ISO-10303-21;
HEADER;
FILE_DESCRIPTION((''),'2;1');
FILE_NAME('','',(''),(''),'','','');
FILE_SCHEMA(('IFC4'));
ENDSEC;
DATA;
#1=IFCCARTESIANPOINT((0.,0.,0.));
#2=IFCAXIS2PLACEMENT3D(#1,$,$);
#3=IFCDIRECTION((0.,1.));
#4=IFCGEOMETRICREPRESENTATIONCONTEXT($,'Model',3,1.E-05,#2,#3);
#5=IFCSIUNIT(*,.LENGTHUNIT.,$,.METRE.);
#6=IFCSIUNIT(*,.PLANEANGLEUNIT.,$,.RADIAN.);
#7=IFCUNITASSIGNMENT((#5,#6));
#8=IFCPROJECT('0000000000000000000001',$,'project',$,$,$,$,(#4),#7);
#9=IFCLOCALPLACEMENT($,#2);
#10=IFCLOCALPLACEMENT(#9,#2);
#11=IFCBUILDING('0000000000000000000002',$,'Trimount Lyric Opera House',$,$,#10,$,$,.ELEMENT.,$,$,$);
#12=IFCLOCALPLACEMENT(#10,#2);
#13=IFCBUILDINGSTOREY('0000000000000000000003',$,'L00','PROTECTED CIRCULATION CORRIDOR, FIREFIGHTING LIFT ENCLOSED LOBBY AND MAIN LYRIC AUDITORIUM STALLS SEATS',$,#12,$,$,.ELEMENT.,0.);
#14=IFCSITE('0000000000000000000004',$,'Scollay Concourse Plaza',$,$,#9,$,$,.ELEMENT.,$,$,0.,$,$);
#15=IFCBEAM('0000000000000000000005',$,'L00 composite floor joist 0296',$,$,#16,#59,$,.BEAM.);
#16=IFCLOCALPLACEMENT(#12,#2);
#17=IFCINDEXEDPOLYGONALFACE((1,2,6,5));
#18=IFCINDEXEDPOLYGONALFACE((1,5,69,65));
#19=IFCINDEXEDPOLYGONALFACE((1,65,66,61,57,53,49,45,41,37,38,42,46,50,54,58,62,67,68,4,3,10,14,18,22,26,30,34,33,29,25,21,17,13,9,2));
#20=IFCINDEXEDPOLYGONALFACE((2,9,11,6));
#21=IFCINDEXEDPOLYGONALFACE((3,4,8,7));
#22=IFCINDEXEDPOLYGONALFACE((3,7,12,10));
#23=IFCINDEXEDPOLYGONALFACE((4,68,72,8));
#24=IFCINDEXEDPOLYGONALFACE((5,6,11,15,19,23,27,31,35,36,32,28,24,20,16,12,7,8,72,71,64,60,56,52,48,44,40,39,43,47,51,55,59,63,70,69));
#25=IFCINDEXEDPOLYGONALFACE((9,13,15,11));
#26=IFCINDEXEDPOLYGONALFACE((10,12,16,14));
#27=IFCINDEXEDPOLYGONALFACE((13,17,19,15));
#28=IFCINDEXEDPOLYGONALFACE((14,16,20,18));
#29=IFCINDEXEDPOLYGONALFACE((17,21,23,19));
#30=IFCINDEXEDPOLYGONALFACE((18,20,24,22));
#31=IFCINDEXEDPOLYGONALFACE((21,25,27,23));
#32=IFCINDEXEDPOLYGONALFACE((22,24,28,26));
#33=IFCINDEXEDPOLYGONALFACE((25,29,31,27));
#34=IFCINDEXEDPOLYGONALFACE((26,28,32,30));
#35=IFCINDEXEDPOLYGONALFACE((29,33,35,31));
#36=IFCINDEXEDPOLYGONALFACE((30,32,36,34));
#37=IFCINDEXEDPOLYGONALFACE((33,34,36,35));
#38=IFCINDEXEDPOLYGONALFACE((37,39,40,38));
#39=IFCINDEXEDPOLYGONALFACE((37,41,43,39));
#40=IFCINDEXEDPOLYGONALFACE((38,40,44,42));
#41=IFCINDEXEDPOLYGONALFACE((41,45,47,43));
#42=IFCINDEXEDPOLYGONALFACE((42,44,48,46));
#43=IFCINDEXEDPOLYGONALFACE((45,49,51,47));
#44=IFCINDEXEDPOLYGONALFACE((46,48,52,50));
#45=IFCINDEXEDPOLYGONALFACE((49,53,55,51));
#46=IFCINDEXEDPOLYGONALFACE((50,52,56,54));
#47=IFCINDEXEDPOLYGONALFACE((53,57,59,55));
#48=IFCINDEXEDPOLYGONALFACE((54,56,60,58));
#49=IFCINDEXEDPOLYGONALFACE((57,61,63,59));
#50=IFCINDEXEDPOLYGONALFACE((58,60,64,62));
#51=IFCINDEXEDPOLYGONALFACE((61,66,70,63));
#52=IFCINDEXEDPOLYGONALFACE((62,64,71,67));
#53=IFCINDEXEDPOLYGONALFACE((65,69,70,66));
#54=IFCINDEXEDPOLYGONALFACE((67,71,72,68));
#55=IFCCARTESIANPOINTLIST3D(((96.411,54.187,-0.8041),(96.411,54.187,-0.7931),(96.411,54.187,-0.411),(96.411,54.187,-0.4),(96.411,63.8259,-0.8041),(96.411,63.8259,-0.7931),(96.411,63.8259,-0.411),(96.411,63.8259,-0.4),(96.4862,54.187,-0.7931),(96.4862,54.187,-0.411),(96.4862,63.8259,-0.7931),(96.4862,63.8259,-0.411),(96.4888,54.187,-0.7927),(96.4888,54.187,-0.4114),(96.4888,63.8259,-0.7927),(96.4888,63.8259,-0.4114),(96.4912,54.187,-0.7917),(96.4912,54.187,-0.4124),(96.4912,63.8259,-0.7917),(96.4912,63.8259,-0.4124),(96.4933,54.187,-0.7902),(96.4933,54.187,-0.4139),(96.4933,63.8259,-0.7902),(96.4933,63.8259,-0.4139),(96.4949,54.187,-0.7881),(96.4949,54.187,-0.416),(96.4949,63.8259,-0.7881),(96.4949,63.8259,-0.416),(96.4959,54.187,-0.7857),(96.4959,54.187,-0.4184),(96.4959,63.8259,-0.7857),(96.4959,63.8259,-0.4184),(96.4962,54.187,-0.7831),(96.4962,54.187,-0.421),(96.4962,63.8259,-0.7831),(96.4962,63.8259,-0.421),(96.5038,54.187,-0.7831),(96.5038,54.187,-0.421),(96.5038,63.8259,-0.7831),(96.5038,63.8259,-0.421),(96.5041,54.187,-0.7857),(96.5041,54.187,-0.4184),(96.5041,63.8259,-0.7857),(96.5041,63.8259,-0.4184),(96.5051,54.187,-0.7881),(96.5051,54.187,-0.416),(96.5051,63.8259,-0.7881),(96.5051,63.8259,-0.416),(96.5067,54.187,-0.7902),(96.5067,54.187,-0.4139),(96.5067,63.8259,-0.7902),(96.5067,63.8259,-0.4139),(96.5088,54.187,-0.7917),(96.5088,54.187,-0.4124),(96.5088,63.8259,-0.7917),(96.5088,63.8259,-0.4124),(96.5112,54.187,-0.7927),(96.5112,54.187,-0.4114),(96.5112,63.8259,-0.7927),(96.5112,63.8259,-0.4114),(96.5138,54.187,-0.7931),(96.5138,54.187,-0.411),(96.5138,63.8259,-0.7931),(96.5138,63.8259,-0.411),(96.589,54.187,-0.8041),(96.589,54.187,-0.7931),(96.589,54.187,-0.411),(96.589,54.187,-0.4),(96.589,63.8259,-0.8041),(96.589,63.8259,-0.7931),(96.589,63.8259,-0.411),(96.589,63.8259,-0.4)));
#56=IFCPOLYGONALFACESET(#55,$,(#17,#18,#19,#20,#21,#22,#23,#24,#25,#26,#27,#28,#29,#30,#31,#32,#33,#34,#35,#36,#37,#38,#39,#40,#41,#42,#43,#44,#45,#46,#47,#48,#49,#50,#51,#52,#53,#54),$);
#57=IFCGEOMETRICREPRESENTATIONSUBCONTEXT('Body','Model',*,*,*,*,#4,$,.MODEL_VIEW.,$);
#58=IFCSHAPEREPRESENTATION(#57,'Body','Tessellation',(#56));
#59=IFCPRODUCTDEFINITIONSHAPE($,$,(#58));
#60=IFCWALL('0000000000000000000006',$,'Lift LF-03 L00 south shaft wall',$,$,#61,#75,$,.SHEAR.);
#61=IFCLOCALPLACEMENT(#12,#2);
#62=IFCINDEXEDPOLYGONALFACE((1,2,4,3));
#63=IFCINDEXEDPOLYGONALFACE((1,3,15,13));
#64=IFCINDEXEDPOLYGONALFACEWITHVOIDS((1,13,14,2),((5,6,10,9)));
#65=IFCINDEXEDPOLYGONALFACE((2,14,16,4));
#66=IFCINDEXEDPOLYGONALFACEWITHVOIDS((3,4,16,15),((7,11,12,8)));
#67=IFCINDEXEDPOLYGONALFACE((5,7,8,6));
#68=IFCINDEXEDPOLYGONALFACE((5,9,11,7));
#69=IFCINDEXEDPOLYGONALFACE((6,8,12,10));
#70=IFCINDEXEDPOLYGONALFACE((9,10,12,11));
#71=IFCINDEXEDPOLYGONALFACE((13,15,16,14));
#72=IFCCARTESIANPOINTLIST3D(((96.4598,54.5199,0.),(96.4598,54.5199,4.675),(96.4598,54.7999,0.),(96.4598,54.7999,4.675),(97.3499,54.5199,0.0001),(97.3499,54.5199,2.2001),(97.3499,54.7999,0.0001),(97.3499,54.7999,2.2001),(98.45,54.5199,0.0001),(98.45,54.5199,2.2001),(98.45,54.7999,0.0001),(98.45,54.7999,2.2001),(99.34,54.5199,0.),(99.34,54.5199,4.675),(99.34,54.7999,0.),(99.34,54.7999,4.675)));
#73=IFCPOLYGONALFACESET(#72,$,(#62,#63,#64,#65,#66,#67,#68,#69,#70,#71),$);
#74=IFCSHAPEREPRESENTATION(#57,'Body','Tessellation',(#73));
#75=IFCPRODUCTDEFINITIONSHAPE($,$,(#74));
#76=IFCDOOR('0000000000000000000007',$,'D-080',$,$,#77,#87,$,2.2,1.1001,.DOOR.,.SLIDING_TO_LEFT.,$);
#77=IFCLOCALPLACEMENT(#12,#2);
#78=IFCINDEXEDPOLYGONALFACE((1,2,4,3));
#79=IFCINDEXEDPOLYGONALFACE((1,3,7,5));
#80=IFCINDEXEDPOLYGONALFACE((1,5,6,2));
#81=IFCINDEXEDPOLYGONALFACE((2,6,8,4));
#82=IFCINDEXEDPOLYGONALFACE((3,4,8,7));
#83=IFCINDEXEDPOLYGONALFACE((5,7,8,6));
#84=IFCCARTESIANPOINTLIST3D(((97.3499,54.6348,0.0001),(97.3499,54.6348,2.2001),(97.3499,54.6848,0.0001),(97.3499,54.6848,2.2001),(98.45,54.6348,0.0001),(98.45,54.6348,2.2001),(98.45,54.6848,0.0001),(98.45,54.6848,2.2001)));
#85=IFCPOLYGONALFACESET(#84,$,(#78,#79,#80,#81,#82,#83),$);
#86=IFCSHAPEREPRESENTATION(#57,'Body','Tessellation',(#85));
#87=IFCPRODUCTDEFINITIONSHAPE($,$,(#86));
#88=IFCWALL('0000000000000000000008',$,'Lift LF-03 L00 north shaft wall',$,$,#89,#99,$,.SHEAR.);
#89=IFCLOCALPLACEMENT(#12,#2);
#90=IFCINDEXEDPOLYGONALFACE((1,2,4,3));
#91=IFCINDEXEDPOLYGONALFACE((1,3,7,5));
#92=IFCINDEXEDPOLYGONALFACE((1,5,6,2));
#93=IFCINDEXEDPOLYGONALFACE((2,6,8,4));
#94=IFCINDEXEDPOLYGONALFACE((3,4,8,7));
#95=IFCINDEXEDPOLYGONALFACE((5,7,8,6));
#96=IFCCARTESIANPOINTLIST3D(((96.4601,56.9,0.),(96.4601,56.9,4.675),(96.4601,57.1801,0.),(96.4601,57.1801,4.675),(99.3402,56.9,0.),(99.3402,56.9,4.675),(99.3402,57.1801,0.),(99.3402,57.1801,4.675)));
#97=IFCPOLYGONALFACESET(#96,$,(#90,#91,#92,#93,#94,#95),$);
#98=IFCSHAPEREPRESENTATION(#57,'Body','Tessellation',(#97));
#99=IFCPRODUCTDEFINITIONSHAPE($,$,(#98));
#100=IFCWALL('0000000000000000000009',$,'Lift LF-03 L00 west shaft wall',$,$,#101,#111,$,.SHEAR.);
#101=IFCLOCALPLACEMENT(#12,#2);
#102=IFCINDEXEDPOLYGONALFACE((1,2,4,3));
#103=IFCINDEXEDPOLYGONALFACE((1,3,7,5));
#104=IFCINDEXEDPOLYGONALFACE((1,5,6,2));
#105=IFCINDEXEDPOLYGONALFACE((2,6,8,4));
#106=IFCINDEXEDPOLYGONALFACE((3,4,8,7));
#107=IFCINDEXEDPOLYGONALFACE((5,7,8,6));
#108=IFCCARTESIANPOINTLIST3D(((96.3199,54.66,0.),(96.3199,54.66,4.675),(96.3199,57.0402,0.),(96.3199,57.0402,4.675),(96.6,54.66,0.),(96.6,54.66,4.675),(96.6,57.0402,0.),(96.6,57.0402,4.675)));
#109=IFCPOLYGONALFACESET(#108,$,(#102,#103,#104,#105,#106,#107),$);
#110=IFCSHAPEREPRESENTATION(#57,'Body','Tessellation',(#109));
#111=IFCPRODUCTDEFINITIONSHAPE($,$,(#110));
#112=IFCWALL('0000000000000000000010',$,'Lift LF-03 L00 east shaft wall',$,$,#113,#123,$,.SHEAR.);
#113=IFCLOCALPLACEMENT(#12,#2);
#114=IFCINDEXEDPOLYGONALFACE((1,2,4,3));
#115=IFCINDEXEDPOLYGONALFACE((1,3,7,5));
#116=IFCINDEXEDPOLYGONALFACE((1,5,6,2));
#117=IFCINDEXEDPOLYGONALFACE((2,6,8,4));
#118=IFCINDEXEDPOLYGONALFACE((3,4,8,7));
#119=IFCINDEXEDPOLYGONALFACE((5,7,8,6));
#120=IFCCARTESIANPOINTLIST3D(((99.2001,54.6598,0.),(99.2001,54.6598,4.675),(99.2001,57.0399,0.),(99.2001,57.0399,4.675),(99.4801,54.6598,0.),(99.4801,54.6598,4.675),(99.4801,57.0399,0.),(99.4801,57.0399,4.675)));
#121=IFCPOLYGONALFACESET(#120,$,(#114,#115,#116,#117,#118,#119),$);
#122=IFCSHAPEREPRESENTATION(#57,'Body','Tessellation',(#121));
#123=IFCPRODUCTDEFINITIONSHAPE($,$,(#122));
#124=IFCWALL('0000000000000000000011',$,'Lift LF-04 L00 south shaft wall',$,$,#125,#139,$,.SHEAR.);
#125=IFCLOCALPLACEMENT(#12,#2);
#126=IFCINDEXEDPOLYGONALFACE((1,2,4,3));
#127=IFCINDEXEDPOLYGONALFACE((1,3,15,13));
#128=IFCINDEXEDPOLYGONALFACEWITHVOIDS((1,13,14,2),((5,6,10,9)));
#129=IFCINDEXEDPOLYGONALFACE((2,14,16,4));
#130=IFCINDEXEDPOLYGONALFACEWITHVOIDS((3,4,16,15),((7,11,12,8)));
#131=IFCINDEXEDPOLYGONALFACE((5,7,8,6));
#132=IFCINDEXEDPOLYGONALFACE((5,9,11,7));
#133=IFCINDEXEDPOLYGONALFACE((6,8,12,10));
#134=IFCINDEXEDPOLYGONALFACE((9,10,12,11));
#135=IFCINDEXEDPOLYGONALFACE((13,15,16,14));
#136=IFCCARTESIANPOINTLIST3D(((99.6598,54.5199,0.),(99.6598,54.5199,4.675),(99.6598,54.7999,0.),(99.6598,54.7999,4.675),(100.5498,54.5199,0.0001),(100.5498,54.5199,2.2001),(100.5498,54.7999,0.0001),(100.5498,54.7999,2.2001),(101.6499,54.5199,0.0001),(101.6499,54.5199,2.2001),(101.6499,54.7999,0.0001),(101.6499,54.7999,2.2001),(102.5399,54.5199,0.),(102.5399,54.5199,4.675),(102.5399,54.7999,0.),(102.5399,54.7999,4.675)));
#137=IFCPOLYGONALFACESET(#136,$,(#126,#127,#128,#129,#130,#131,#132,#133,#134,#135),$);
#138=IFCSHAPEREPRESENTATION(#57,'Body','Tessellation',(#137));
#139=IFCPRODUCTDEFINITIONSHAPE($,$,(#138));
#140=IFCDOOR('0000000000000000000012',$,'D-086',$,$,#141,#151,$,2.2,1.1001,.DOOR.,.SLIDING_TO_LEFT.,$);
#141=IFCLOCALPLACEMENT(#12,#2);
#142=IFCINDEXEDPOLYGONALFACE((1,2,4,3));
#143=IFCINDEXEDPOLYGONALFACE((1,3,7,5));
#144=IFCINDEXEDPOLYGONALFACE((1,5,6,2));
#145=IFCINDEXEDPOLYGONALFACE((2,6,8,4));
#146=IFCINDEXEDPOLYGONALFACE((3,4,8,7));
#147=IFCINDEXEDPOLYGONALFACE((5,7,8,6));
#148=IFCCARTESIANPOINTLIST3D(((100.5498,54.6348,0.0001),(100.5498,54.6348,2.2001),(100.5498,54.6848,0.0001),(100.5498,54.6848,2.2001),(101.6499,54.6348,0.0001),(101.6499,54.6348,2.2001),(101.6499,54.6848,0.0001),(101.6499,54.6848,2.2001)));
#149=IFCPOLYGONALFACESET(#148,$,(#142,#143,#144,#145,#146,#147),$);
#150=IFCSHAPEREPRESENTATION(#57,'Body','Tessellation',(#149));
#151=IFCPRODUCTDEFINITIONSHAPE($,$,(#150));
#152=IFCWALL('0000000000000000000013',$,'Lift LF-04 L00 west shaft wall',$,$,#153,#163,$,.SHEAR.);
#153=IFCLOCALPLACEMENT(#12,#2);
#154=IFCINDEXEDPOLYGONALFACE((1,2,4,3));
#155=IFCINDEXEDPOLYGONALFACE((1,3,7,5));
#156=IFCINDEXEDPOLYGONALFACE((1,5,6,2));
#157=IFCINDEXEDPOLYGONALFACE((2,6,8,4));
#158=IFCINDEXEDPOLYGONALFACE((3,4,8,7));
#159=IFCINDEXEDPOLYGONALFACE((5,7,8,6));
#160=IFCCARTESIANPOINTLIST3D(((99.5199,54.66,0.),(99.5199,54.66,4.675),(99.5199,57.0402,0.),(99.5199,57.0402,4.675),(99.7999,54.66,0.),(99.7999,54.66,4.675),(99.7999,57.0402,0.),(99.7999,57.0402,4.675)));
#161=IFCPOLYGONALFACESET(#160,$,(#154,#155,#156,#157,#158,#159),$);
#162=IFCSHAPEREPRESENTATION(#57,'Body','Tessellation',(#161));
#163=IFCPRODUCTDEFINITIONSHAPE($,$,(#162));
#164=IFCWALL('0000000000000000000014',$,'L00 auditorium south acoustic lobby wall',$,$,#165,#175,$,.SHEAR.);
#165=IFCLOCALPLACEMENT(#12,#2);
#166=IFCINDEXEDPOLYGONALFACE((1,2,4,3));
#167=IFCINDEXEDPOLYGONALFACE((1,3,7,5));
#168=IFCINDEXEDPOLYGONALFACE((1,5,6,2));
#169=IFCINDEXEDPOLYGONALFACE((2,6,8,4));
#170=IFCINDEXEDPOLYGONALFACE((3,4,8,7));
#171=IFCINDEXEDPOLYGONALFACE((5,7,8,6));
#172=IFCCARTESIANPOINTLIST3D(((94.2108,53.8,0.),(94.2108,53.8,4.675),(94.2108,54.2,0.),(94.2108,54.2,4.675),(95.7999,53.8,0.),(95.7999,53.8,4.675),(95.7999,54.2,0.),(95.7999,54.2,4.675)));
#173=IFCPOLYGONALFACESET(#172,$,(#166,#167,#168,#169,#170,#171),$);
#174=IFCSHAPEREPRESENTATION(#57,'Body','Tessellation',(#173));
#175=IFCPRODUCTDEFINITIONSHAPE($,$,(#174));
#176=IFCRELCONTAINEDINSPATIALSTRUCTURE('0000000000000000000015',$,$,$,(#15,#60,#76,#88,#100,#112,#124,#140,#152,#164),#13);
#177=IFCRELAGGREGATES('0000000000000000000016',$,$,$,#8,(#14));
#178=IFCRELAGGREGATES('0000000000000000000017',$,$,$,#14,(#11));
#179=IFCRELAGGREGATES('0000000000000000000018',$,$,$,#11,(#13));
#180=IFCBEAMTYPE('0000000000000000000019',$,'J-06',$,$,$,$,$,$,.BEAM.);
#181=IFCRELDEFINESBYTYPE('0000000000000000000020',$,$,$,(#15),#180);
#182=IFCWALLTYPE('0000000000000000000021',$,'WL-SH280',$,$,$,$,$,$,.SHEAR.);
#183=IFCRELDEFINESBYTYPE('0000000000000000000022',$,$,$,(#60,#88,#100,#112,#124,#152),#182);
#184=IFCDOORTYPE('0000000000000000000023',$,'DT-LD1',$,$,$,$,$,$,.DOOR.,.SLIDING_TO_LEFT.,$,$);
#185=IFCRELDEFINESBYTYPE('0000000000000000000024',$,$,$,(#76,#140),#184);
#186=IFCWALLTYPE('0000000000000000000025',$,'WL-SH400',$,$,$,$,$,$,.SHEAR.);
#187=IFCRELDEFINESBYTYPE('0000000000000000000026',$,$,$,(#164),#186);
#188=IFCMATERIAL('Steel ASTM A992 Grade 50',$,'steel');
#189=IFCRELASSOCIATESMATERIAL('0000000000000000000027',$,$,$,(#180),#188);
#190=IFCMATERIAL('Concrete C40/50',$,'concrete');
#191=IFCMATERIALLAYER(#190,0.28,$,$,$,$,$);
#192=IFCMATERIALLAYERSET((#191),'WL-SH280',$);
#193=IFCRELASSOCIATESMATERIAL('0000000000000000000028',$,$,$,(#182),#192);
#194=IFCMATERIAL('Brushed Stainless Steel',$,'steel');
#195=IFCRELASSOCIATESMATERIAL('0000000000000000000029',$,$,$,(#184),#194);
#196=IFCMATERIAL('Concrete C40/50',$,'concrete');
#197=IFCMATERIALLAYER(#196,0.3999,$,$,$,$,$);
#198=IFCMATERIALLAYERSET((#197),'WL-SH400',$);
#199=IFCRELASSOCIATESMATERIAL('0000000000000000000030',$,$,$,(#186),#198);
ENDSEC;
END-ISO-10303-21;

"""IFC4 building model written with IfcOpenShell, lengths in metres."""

from ifc_helpers import new_model, si_unit, direction, frame, frame_2d, origin, origin_2d, place, context, subcontext, project, spatial, rectangle, i_section, extrude, material, layer, layer_set, material_profile, profile_set, type_object, element, fill, save


model = new_model("IFC4")

# Units and contexts
model_context = context("Model", 3, precision=1e-05, world=origin(), true_north=direction((0.0, 1.0)))
body_context = subcontext(model_context, "Body", "Model", "MODEL_VIEW")
ifc_project = project(units=[si_unit("LENGTHUNIT", "METRE"), si_unit("PLANEANGLEUNIT", "RADIAN")], contexts=[model_context])

# Site, building, storey
site_placement = place(None, origin())
site = spatial("IfcSite", under=ifc_project, at=site_placement, Name="Scollay Concourse Plaza", CompositionType="ELEMENT", RefElevation=0.0)
building_placement = place(site_placement, origin())
building = spatial("IfcBuilding", under=site, at=building_placement, Name="Trimount Lyric Opera House", CompositionType="ELEMENT")
storey_placement = place(building_placement, origin())
storey = spatial("IfcBuildingStorey", under=building, at=storey_placement, Name="L00", Description="PROTECTED CIRCULATION CORRIDOR, FIREFIGHTING LIFT ENCLOSED LOBBY AND MAIN LYRIC AUDITORIUM STALLS SEATS", CompositionType="ELEMENT", Elevation=0.0)

# Beam
ifc_material_1 = material(Name="Steel ASTM A992 Grade 50", Category="steel")
ifc_material_profile_1 = material_profile(ifc_material_1, i_section(OverallWidth=0.178, OverallDepth=0.4041, WebThickness=0.0076, FlangeThickness=0.011, FilletRadius=0.01, at=origin_2d()), Name="W16X36")
ifc_profile_set_1 = profile_set([ifc_material_profile_1], Name="Steel ASTM A992 Grade 50")
beam_type_1 = type_object("IfcBeamType", Name="J-06", PredefinedType="BEAM", material=ifc_profile_set_1)
beam_1_placement = place(storey_placement, frame((96.5, 54.187, -0.6021), z_axis=(0.0, 1.0, 0.0), x_axis=(-1.0, 0.0, 0.0)))
element("IfcBeam", 1, at=beam_1_placement, inside=storey, type_object=beam_type_1, Name="L00 composite floor joist 0296", PredefinedType="BEAM", context=body_context, shape_type="SweptSolid", body=[
    extrude(i_section(OverallWidth=0.178, OverallDepth=0.4041, WebThickness=0.0076, FlangeThickness=0.011, FilletRadius=0.01, at=origin_2d()), origin(), (0.0, 0.0, 1.0), 9.6389),
])

# Wall, opening, door
ifc_material_2 = material(Name="Concrete C40/50", Category="concrete")
ifc_layer_1 = layer(ifc_material_2, 0.28)
ifc_layer_set_1 = layer_set([ifc_layer_1], Name="WL-SH280")
wall_type_1 = type_object("IfcWallType", Name="WL-SH280", PredefinedType="SHEAR", material=ifc_layer_set_1)
wall_1_placement = place(storey_placement, frame((96.46, 54.6599, 0.0), z_axis=(0.0, 0.0, 1.0), x_axis=(1.0, 0.0, 0.0)))
wall_1 = element("IfcWall", 2, at=wall_1_placement, inside=storey, type_object=wall_type_1, Name="Lift LF-03 L00 south shaft wall", PredefinedType="SHEAR", context=body_context, shape_type="SweptSolid", body=[
    extrude(rectangle(XDim=2.8801, YDim=0.28, at=frame_2d((1.4399, 0.0))), origin(), (0.0, 0.0, 1.0), 4.675),
])
opening_1_placement = place(wall_1_placement, frame((0.8899, 0.0, 0.0)))
opening_1 = element("IfcOpeningElement", 3, at=opening_1_placement, cuts=wall_1, PredefinedType="OPENING", context=body_context, shape_type="SweptSolid", body=[
    extrude(rectangle(XDim=1.1001, YDim=2.2, at=frame_2d((0.55, 1.1001))), frame((0.0, 0.1499, 0.0), z_axis=(0.0, -1.0, 0.0), x_axis=(1.0, 0.0, 0.0)), (0.0, 0.0, 1.0), 0.3),
])
ifc_material_3 = material(Name="Brushed Stainless Steel", Category="steel")
door_type = type_object("IfcDoorType", Name="DT-LD1", OperationType="SLIDING_TO_LEFT", PredefinedType="DOOR", material=ifc_material_3)
door_1_placement = place(opening_1_placement, origin())
door_1 = element("IfcDoor", 4, at=door_1_placement, inside=storey, type_object=door_type, Name="D-080", OperationType="SLIDING_TO_LEFT", OverallHeight=2.2, OverallWidth=1.1001, PredefinedType="DOOR", context=body_context, shape_type="SweptSolid", body=[
    extrude(rectangle(XDim=1.1001, YDim=2.2, at=frame_2d((0.55, 1.1001))), frame((0.0, 0.0249, 0.0), z_axis=(0.0, -1.0, 0.0), x_axis=(1.0, 0.0, 0.0)), (0.0, 0.0, 1.0), 0.05),
])
fill(opening_1, door_1)

# Walls
wall_2_placement = place(storey_placement, frame((99.3401, 57.04, 0.0), z_axis=(0.0, 0.0, 1.0), x_axis=(-1.0, 0.0, 0.0)))
element("IfcWall", 5, at=wall_2_placement, inside=storey, type_object=wall_type_1, Name="Lift LF-03 L00 north shaft wall", PredefinedType="SHEAR", context=body_context, shape_type="SweptSolid", body=[
    extrude(rectangle(XDim=2.8801, YDim=0.28, at=frame_2d((1.4399, 0.0))), origin(), (0.0, 0.0, 1.0), 4.675),
])
for number, where, z_axis, x_axis, name in (
    (6, (96.46, 57.04, 0.0), (0.0, 0.0, 1.0), (0.0, -1.0, 0.0), "Lift LF-03 L00 west shaft wall"),
    (7, (99.3401, 54.6599, 0.0), (0.0, 0.0, 1.0), (0.0, 1.0, 0.0), "Lift LF-03 L00 east shaft wall"),
):
    element("IfcWall", number, at=place(storey_placement, frame(where, z_axis=z_axis, x_axis=x_axis)), inside=storey, type_object=wall_type_1, Name=name, PredefinedType="SHEAR", context=body_context, shape_type="SweptSolid", body=[
        extrude(rectangle(XDim=2.3801, YDim=0.28, at=frame_2d((1.1899, 0.0))), origin(), (0.0, 0.0, 1.0), 4.675),
    ])

# Wall, opening, door
wall_3_placement = place(storey_placement, frame((99.6599, 54.6599, 0.0), z_axis=(0.0, 0.0, 1.0), x_axis=(1.0, 0.0, 0.0)))
wall_3 = element("IfcWall", 8, at=wall_3_placement, inside=storey, type_object=wall_type_1, Name="Lift LF-04 L00 south shaft wall", PredefinedType="SHEAR", context=body_context, shape_type="SweptSolid", body=[
    extrude(rectangle(XDim=2.8801, YDim=0.28, at=frame_2d((1.4399, 0.0))), origin(), (0.0, 0.0, 1.0), 4.675),
])
opening_2_placement = place(wall_3_placement, frame((0.8899, 0.0, 0.0)))
opening_2 = element("IfcOpeningElement", 9, at=opening_2_placement, cuts=wall_3, PredefinedType="OPENING", context=body_context, shape_type="SweptSolid", body=[
    extrude(rectangle(XDim=1.1001, YDim=2.2, at=frame_2d((0.55, 1.1001))), frame((0.0, 0.1499, 0.0), z_axis=(0.0, -1.0, 0.0), x_axis=(1.0, 0.0, 0.0)), (0.0, 0.0, 1.0), 0.3),
])
door_2_placement = place(opening_2_placement, origin())
door_2 = element("IfcDoor", 10, at=door_2_placement, inside=storey, type_object=door_type, Name="D-086", OperationType="SLIDING_TO_LEFT", OverallHeight=2.2, OverallWidth=1.1001, PredefinedType="DOOR", context=body_context, shape_type="SweptSolid", body=[
    extrude(rectangle(XDim=1.1001, YDim=2.2, at=frame_2d((0.55, 1.1001))), frame((0.0, 0.0249, 0.0), z_axis=(0.0, -1.0, 0.0), x_axis=(1.0, 0.0, 0.0)), (0.0, 0.0, 1.0), 0.05),
])
fill(opening_2, door_2)

# Walls
wall_4_placement = place(storey_placement, frame((99.6599, 57.04, 0.0), z_axis=(0.0, 0.0, 1.0), x_axis=(0.0, -1.0, 0.0)))
element("IfcWall", 11, at=wall_4_placement, inside=storey, type_object=wall_type_1, Name="Lift LF-04 L00 west shaft wall", PredefinedType="SHEAR", context=body_context, shape_type="SweptSolid", body=[
    extrude(rectangle(XDim=2.3801, YDim=0.28, at=frame_2d((1.1899, 0.0))), origin(), (0.0, 0.0, 1.0), 4.675),
])
ifc_material_4 = material(Name="Concrete C40/50", Category="concrete")
ifc_layer_2 = layer(ifc_material_4, 0.3999)
ifc_layer_set_2 = layer_set([ifc_layer_2], Name="WL-SH400")
wall_type_2 = type_object("IfcWallType", Name="WL-SH400", PredefinedType="SHEAR", material=ifc_layer_set_2)
wall_5_placement = place(storey_placement, frame((94.2109, 54.0, 0.0), z_axis=(0.0, 0.0, 1.0), x_axis=(1.0, 0.0, 0.0)))
element("IfcWall", 12, at=wall_5_placement, inside=storey, type_object=wall_type_2, Name="L00 auditorium south acoustic lobby wall", PredefinedType="SHEAR", context=body_context, shape_type="SweptSolid", body=[
    extrude(rectangle(XDim=1.5891, YDim=0.3999, at=frame_2d((0.7944, 0.0))), origin(), (0.0, 0.0, 1.0), 4.675),
])

save(model, "model.ifc")
